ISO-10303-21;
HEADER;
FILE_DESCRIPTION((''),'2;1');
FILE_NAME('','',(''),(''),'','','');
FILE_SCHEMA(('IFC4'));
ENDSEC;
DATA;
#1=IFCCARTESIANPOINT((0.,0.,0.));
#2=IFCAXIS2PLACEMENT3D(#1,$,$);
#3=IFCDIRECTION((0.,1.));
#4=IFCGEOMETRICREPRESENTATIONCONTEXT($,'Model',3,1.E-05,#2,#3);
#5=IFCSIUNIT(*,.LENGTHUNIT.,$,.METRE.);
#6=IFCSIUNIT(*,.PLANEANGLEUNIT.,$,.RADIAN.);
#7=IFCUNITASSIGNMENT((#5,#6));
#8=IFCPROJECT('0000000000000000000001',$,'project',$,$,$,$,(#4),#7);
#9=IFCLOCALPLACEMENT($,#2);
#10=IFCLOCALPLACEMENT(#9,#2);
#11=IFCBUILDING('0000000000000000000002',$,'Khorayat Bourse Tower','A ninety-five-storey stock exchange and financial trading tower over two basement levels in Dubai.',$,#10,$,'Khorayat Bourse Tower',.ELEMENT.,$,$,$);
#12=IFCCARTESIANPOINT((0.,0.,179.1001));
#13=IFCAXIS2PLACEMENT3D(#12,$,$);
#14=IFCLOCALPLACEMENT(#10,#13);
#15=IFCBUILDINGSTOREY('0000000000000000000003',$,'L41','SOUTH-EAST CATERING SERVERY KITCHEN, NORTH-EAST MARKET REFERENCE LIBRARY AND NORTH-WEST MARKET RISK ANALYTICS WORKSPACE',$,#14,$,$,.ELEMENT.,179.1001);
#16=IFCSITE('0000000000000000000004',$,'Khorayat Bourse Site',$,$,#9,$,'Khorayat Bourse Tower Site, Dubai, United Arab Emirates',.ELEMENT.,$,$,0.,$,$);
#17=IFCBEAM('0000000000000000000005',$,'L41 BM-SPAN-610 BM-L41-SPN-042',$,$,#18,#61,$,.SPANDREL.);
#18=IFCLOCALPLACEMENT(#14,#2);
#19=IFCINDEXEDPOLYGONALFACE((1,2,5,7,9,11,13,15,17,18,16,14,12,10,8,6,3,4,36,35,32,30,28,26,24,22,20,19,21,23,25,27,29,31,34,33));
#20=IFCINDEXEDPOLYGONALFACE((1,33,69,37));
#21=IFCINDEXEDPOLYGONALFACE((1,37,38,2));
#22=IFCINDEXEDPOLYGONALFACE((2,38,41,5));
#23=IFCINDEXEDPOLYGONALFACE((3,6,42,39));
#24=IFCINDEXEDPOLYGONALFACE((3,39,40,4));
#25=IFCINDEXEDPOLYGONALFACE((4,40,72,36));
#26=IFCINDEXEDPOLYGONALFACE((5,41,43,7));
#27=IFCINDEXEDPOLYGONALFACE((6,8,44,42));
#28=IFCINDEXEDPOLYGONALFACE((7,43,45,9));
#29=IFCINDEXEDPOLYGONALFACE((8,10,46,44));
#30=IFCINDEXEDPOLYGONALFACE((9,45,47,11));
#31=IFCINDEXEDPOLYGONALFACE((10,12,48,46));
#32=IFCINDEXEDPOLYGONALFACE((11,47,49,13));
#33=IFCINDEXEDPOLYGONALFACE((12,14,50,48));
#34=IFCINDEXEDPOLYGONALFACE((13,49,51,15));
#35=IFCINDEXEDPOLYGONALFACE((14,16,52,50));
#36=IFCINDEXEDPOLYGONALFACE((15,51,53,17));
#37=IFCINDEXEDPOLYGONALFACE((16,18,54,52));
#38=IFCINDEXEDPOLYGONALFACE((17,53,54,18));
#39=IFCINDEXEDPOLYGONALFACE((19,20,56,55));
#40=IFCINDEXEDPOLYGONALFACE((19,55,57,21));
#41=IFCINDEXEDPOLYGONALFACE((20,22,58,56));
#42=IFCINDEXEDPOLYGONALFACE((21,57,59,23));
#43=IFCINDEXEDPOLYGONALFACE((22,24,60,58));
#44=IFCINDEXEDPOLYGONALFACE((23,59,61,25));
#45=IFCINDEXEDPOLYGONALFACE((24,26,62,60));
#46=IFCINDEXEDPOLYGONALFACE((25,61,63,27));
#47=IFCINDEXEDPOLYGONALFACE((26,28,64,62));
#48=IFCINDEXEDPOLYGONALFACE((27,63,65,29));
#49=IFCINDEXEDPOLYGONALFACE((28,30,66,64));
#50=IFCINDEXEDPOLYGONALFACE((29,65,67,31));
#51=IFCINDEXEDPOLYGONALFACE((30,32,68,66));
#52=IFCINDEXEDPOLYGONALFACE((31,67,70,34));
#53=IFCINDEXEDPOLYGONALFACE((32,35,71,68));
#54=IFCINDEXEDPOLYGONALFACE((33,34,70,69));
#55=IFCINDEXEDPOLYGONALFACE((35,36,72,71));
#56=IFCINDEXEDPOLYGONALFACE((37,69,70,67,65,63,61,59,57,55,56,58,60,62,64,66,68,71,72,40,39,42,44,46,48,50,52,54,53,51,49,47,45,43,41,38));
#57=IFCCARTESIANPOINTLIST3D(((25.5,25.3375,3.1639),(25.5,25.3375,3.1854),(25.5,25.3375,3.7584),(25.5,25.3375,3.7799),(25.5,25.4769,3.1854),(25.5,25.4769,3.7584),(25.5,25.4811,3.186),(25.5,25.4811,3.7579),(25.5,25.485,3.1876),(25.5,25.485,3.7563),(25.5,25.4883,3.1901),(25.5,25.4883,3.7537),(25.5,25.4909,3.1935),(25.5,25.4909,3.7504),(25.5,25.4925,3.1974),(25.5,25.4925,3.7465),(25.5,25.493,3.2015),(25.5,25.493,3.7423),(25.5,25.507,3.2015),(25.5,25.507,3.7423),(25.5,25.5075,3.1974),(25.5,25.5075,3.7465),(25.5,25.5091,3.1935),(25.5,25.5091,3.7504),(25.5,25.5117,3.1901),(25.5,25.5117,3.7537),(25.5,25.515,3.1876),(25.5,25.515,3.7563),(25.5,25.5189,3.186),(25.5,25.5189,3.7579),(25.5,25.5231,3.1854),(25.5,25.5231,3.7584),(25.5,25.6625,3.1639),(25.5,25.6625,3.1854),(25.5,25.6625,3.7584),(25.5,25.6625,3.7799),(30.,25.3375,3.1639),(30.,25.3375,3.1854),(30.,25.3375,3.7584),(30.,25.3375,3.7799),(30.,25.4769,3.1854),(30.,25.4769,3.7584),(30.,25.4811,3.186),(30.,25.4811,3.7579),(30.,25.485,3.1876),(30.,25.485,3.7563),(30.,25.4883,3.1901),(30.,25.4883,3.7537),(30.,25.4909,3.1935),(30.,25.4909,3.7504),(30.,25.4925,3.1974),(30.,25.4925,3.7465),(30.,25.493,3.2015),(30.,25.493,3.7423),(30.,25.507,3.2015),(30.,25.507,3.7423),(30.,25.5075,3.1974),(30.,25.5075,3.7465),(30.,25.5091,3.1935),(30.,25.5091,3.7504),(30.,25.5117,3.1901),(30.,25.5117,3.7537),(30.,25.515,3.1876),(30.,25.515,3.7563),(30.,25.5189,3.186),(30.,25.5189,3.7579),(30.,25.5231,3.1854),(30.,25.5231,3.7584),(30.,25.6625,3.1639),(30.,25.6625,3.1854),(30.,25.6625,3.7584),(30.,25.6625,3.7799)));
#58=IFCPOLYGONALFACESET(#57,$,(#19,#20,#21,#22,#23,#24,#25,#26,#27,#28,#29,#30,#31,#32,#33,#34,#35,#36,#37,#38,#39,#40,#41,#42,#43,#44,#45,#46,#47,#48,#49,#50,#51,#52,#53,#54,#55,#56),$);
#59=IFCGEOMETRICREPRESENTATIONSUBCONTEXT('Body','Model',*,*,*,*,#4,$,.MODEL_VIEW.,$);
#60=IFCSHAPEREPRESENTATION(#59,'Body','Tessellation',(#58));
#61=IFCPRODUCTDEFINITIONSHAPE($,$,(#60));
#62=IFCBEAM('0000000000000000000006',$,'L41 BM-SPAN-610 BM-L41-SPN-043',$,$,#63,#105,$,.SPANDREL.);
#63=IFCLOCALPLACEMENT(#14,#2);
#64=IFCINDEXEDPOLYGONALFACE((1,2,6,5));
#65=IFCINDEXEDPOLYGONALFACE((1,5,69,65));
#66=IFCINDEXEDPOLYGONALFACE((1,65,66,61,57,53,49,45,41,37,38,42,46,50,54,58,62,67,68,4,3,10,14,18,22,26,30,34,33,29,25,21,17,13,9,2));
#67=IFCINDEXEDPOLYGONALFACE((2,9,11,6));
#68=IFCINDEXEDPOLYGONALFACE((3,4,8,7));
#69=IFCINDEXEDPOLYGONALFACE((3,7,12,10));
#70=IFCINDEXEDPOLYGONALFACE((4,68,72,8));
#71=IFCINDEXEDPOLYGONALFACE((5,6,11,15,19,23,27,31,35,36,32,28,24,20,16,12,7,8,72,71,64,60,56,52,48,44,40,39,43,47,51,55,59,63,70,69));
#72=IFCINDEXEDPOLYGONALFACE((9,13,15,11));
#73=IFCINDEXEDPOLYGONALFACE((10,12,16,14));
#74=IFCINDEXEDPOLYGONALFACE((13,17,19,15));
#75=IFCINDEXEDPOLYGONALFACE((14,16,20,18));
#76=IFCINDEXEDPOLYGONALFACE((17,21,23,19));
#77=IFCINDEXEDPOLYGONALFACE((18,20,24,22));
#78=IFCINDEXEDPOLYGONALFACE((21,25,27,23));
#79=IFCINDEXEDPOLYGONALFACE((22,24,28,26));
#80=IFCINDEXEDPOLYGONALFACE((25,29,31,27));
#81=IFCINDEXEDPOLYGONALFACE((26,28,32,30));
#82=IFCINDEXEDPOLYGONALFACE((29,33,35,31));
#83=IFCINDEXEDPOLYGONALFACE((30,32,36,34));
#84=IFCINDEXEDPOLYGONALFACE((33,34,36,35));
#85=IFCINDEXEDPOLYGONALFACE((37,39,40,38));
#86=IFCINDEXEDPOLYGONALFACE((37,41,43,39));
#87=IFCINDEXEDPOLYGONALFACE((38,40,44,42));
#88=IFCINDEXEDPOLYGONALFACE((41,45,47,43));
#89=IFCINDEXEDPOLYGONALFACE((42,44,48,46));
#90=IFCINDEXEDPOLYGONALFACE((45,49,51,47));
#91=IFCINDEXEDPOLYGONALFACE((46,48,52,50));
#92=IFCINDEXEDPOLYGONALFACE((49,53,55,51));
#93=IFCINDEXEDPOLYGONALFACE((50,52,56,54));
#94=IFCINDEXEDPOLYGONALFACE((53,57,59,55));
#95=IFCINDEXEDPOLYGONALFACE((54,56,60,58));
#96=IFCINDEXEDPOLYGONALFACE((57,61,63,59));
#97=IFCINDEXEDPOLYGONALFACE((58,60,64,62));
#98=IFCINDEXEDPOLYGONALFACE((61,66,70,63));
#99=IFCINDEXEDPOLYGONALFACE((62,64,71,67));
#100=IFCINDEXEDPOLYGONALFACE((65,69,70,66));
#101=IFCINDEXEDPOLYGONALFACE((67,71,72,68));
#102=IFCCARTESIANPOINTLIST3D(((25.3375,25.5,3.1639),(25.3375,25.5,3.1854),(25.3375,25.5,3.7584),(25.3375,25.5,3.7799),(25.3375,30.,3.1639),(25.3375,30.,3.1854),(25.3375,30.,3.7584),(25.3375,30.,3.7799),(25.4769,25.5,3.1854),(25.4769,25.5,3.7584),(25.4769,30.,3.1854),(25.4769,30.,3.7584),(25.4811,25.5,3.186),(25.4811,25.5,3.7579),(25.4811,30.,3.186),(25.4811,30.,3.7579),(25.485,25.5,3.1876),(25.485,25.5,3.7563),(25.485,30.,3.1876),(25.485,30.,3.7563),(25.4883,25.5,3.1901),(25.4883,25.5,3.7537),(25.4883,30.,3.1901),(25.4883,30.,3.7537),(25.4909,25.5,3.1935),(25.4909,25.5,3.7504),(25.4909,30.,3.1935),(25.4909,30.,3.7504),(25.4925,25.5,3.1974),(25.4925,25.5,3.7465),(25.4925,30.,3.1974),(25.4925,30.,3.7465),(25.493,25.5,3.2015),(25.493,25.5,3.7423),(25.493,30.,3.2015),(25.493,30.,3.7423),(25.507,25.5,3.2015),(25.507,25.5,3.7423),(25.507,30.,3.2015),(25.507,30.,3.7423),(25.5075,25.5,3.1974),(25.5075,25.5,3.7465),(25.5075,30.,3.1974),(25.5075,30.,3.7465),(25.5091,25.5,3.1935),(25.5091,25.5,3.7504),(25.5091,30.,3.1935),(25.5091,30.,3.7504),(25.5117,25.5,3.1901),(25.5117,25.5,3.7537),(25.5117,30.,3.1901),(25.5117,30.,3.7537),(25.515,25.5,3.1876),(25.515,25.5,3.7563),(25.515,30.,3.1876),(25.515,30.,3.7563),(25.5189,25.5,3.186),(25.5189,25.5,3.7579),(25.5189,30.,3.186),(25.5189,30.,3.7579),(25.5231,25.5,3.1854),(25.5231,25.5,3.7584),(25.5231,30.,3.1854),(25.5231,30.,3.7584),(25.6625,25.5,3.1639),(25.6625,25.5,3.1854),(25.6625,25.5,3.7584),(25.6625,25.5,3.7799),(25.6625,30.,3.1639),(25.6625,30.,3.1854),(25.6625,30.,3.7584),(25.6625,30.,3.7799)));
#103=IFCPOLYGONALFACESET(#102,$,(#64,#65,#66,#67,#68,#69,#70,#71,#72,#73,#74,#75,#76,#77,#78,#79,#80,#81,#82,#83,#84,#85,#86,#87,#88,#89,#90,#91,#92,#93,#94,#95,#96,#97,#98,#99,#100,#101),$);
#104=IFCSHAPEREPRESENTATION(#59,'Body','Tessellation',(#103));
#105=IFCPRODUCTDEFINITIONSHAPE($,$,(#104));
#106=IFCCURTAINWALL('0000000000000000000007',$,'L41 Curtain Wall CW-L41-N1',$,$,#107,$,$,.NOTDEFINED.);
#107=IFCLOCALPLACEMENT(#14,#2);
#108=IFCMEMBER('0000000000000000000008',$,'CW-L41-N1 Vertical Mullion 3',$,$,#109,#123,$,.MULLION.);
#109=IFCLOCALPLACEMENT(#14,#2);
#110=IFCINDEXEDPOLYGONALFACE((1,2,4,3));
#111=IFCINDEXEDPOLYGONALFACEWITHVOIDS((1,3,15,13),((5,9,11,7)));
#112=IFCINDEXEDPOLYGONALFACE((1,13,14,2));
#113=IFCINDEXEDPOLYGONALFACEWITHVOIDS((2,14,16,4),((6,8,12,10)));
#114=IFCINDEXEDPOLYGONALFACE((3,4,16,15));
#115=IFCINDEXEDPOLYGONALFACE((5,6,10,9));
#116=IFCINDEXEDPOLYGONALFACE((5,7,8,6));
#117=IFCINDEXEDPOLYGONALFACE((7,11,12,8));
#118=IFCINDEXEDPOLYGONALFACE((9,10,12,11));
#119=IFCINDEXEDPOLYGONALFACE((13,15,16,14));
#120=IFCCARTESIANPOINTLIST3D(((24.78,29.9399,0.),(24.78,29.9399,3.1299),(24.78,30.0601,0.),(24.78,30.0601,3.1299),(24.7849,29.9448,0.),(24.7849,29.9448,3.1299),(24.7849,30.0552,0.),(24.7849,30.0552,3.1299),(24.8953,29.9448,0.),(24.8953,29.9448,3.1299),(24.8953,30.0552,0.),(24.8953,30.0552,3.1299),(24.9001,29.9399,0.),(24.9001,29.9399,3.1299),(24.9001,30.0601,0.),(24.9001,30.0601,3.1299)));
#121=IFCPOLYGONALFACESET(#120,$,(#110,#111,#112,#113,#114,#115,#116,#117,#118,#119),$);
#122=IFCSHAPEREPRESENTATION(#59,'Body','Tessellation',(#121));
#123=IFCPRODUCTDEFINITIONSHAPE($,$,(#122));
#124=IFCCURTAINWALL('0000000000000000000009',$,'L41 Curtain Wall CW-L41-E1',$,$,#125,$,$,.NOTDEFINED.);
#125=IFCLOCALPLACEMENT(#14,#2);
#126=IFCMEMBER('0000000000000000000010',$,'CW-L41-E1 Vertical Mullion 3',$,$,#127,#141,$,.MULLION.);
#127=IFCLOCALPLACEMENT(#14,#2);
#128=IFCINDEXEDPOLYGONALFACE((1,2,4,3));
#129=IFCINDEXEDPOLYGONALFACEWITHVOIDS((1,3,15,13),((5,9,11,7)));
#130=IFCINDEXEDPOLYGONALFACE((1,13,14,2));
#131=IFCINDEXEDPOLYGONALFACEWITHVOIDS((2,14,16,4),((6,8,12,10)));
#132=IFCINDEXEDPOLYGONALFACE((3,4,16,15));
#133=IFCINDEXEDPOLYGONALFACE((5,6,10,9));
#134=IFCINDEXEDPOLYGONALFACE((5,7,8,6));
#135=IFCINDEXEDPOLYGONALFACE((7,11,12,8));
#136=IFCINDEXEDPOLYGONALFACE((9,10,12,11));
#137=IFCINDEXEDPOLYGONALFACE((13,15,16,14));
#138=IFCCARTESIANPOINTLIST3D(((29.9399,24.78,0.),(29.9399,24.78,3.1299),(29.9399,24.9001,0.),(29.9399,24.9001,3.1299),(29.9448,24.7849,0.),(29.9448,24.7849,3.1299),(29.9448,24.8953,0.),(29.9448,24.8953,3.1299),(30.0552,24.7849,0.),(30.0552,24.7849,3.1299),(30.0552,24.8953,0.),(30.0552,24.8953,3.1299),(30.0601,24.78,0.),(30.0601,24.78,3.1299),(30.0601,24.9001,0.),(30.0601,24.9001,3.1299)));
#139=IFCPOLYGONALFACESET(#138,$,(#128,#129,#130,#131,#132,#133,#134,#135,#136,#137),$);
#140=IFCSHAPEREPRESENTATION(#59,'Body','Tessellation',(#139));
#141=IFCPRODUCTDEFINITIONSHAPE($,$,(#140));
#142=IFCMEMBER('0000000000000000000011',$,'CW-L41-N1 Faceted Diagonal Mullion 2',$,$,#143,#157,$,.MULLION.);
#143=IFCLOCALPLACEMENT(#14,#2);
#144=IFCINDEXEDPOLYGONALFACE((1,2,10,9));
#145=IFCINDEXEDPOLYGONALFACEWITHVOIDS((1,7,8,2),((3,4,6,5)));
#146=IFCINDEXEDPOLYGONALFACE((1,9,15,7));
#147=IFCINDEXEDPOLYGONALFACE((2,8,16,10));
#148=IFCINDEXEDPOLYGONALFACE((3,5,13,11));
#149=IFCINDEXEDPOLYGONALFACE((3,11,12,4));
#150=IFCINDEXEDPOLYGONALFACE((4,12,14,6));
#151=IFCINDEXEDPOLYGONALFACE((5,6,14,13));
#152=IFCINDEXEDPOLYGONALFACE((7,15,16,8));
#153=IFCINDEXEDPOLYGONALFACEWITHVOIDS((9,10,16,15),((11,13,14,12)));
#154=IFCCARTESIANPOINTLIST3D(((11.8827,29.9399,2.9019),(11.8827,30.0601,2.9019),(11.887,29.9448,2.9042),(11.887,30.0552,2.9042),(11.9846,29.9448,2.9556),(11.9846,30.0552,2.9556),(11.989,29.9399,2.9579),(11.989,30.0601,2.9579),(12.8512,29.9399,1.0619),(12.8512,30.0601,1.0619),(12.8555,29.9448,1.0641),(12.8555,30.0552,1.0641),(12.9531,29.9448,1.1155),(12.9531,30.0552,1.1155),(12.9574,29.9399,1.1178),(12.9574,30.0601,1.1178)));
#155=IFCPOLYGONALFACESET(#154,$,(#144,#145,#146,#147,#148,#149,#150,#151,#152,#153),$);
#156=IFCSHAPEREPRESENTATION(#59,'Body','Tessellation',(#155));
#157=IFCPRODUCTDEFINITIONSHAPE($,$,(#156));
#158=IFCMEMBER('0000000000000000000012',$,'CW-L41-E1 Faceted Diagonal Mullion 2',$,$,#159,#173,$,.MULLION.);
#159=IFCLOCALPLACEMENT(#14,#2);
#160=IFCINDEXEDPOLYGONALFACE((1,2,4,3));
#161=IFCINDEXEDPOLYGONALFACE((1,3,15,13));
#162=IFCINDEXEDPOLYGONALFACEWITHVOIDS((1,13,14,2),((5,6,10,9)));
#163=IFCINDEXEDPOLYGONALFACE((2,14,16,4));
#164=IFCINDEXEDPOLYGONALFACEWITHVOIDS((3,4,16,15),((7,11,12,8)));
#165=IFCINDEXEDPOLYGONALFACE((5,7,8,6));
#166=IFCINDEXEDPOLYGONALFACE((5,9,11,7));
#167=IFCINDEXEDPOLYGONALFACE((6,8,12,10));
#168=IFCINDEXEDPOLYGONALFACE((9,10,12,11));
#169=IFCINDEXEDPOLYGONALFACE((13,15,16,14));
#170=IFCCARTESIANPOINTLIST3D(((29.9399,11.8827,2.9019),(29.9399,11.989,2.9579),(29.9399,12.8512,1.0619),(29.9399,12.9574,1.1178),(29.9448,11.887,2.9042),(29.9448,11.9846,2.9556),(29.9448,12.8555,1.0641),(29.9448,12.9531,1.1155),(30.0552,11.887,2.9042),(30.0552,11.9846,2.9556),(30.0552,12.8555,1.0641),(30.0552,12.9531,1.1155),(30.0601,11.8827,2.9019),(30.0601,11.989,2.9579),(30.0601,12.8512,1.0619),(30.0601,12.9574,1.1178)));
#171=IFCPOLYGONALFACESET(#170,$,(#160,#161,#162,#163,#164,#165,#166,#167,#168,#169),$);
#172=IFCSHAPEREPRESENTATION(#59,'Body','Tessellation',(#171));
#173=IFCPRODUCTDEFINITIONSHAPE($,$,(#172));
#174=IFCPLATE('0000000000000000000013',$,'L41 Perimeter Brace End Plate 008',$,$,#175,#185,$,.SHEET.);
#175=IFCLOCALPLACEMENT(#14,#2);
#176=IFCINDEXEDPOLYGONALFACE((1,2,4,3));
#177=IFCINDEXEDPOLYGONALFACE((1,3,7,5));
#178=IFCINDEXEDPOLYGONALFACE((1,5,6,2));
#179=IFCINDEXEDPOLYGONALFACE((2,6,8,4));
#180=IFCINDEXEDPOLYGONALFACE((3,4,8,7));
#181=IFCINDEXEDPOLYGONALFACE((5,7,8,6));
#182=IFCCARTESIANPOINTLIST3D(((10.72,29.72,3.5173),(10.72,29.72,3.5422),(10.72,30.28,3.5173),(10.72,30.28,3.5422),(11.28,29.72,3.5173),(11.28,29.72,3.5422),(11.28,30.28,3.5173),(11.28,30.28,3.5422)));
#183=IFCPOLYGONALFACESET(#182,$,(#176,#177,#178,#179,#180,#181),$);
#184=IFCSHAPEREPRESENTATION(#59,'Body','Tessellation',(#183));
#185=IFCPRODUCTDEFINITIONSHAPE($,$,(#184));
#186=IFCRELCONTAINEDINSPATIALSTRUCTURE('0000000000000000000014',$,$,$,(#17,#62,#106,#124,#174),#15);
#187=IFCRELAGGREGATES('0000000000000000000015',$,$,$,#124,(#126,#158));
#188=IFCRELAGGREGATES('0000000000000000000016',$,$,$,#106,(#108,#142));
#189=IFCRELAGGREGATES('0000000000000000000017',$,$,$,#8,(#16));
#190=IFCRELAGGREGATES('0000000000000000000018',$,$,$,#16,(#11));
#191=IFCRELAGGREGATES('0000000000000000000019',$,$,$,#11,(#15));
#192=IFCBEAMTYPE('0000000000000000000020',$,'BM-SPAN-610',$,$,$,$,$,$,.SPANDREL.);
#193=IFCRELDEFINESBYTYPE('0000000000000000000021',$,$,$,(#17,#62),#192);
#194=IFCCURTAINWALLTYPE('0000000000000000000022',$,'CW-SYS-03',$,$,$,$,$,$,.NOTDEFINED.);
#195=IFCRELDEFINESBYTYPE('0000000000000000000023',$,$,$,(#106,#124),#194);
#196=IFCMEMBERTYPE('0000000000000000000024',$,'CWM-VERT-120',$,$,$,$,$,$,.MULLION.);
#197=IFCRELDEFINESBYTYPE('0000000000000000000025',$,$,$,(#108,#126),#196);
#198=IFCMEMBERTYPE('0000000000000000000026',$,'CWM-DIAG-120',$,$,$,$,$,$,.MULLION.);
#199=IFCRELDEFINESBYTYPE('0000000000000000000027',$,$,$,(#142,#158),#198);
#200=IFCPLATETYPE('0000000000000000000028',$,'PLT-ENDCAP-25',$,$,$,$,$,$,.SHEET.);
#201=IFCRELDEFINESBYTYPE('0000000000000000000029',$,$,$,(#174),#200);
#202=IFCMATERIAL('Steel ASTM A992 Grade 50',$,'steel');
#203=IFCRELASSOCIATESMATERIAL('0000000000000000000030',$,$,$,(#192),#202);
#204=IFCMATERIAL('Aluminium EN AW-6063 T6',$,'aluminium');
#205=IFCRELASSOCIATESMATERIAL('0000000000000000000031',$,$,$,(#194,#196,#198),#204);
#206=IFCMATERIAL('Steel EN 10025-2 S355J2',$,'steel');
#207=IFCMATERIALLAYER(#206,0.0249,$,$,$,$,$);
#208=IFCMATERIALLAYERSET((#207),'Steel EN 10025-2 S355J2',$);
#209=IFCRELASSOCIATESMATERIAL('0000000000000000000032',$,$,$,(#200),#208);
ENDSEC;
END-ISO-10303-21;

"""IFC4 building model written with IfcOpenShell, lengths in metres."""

from ifc_helpers import new_model, si_unit, direction, frame, origin, origin_2d, place, context, subcontext, project, spatial, rectangle, hollow_rectangle, i_section, extrude, source, transform, mapped, material, layer, layer_set, material_profile, profile_set, type_object, element, aggregate, save


model = new_model("IFC4")

# Units and contexts
model_context = context("Model", 3, precision=1e-05, world=origin(), true_north=direction((0.0, 1.0)))
body_context = subcontext(model_context, "Body", "Model", "MODEL_VIEW")
ifc_project = project(units=[si_unit("LENGTHUNIT", "METRE"), si_unit("PLANEANGLEUNIT", "RADIAN")], contexts=[model_context])

# Site, building, storey
site_placement = place(None, origin())
site = spatial("IfcSite", under=ifc_project, at=site_placement, Name="Khorayat Bourse Site", LongName="Khorayat Bourse Tower Site, Dubai, United Arab Emirates", CompositionType="ELEMENT", RefElevation=0.0)
building_placement = place(site_placement, origin())
building = spatial("IfcBuilding", under=site, at=building_placement, Name="Khorayat Bourse Tower", Description="A ninety-five-storey stock exchange and financial trading tower over two basement levels in Dubai.", LongName="Khorayat Bourse Tower", CompositionType="ELEMENT")
storey_placement = place(building_placement, frame((0.0, 0.0, 179.1001)))
storey = spatial("IfcBuildingStorey", under=building, at=storey_placement, Name="L41", Description="SOUTH-EAST CATERING SERVERY KITCHEN, NORTH-EAST MARKET REFERENCE LIBRARY AND NORTH-WEST MARKET RISK ANALYTICS WORKSPACE", CompositionType="ELEMENT", Elevation=179.1001)

# Beams
ifc_material_1 = material(Name="Steel ASTM A992 Grade 50", Category="steel")
ifc_material_profile_1 = material_profile(ifc_material_1, i_section(OverallWidth=0.325, OverallDepth=0.616, WebThickness=0.0139, FlangeThickness=0.0215, FilletRadius=0.0161, at=origin_2d()), Name="W610X174")
ifc_profile_set_1 = profile_set([ifc_material_profile_1], Name="Steel ASTM A992 Grade 50")
beam_type_1 = type_object("IfcBeamType", Name="BM-SPAN-610", PredefinedType="SPANDREL", material=ifc_profile_set_1)
shared_shape_1 = source(origin(), body_context, "Body", "SweptSolid", [
    extrude(i_section(OverallWidth=0.325, OverallDepth=0.616, WebThickness=0.0139, FlangeThickness=0.0215, FilletRadius=0.0161, at=origin_2d()), origin(), (0.0, 0.0, 1.0), 4.5),
])
for number, where, z_axis, x_axis, name in (
    (1, (25.5, 25.5, 3.4719), (1.0, 0.0, 0.0), (0.0, 1.0, 0.0), "L41 BM-SPAN-610 BM-L41-SPN-042"),
    (2, (25.5, 25.5, 3.4719), (0.0, 1.0, 0.0), (-1.0, 0.0, 0.0), "L41 BM-SPAN-610 BM-L41-SPN-043"),
):
    element("IfcBeam", number, at=place(storey_placement, frame(where, z_axis=z_axis, x_axis=x_axis)), inside=storey, type_object=beam_type_1, Name=name, PredefinedType="SPANDREL", context=body_context, shape_type="MappedRepresentation", body=[
        mapped(shared_shape_1, transform((0.0, 0.0, 0.0), scale=1.0)),
    ])

# Curtain walls, members
ifc_material_2 = material(Name="Aluminium EN AW-6063 T6", Category="aluminium")
curtain_wall_type = type_object("IfcCurtainWallType", Name="CW-SYS-03", PredefinedType="NOTDEFINED", material=ifc_material_2)
curtain_wall_1_placement = place(storey_placement, origin())
curtain_wall_1 = element("IfcCurtainWall", 3, at=curtain_wall_1_placement, inside=storey, type_object=curtain_wall_type, Name="L41 Curtain Wall CW-L41-N1", PredefinedType="NOTDEFINED")
ifc_material_profile_2 = material_profile(ifc_material_2, hollow_rectangle(XDim=0.1201, YDim=0.1201, WallThickness=0.0049, at=origin_2d()), Name="ALU 120x120x5")
ifc_profile_set_2 = profile_set([ifc_material_profile_2], Name="Aluminium EN AW-6063 T6")
member_type_1 = type_object("IfcMemberType", Name="CWM-VERT-120", PredefinedType="MULLION", material=ifc_profile_set_2)
shared_shape_2 = source(origin(), body_context, "Body", "SweptSolid", [
    extrude(hollow_rectangle(XDim=0.1201, YDim=0.1201, WallThickness=0.0049, at=origin_2d()), origin(), (0.0, 0.0, 1.0), 3.1299),
])
member_1_placement = place(storey_placement, frame((24.8401, 30.0, 0.0), z_axis=(0.0, 0.0, 1.0), x_axis=(0.0, 1.0, 0.0)))
member_1 = element("IfcMember", 4, at=member_1_placement, type_object=member_type_1, Name="CW-L41-N1 Vertical Mullion 3", PredefinedType="MULLION", context=body_context, shape_type="MappedRepresentation", body=[
    mapped(shared_shape_2, transform((0.0, 0.0, 0.0), scale=1.0)),
])
curtain_wall_2_placement = place(storey_placement, origin())
curtain_wall_2 = element("IfcCurtainWall", 5, at=curtain_wall_2_placement, inside=storey, type_object=curtain_wall_type, Name="L41 Curtain Wall CW-L41-E1", PredefinedType="NOTDEFINED")
member_2_placement = place(storey_placement, frame((30.0, 24.8401, 0.0), z_axis=(0.0, 0.0, 1.0), x_axis=(-1.0, 0.0, 0.0)))
member_2 = element("IfcMember", 6, at=member_2_placement, type_object=member_type_1, Name="CW-L41-E1 Vertical Mullion 3", PredefinedType="MULLION", context=body_context, shape_type="MappedRepresentation", body=[
    mapped(shared_shape_2, transform((0.0, 0.0, 0.0), scale=1.0)),
])

# Members
ifc_material_profile_3 = material_profile(ifc_material_2, hollow_rectangle(XDim=0.1201, YDim=0.1201, WallThickness=0.0049, at=origin_2d()), Name="ALU 120x120x5")
ifc_profile_set_3 = profile_set([ifc_material_profile_3], Name="Aluminium EN AW-6063 T6")
member_type_2 = type_object("IfcMemberType", Name="CWM-DIAG-120", PredefinedType="MULLION", material=ifc_profile_set_3)
shared_shape_3 = source(origin(), body_context, "Body", "SweptSolid", [
    extrude(hollow_rectangle(XDim=0.1201, YDim=0.1201, WallThickness=0.0049, at=origin_2d()), origin(), (0.0, 0.0, 1.0), 2.0793),
])
member_3_placement = place(storey_placement, frame((12.9043, 30.0, 1.0898), z_axis=(-0.465761, 0.0, 0.884911), x_axis=(0.0, -1.0, 0.0)))
member_3 = element("IfcMember", 7, at=member_3_placement, type_object=member_type_2, Name="CW-L41-N1 Faceted Diagonal Mullion 2", PredefinedType="MULLION", context=body_context, shape_type="MappedRepresentation", body=[
    mapped(shared_shape_3, transform((0.0, 0.0, 0.0), scale=1.0)),
])
member_4_placement = place(storey_placement, frame((30.0, 12.9043, 1.0898), z_axis=(0.0, -0.465761, 0.884911), x_axis=(1.0, 0.0, 0.0)))
member_4 = element("IfcMember", 8, at=member_4_placement, type_object=member_type_2, Name="CW-L41-E1 Faceted Diagonal Mullion 2", PredefinedType="MULLION", context=body_context, shape_type="MappedRepresentation", body=[
    mapped(shared_shape_3, transform((0.0, 0.0, 0.0), scale=1.0)),
])
aggregate(curtain_wall_2, [member_2, member_4])

# Plate
ifc_material_3 = material(Name="Steel EN 10025-2 S355J2", Category="steel")
ifc_layer_1 = layer(ifc_material_3, 0.0249)
ifc_layer_set_1 = layer_set([ifc_layer_1], Name="Steel EN 10025-2 S355J2")
plate_type_1 = type_object("IfcPlateType", Name="PLT-ENDCAP-25", PredefinedType="SHEET", material=ifc_layer_set_1)
shared_shape_4 = source(origin(), body_context, "Body", "SweptSolid", [
    extrude(rectangle(XDim=0.5601, YDim=0.5601, at=origin_2d()), origin(), (0.0, 0.0, 1.0), 0.0249),
])
plate_1_placement = place(storey_placement, frame((11.0, 30.0, 3.5173), z_axis=(0.0, 0.0, 1.0), x_axis=(1.0, 0.0, 0.0)))
element("IfcPlate", 9, at=plate_1_placement, inside=storey, type_object=plate_type_1, Name="L41 Perimeter Brace End Plate 008", PredefinedType="SHEET", context=body_context, shape_type="MappedRepresentation", body=[
    mapped(shared_shape_4, transform((0.0, 0.0, 0.0), scale=1.0)),
])
aggregate(curtain_wall_1, [member_1, member_3])

save(model, "model.ifc")
